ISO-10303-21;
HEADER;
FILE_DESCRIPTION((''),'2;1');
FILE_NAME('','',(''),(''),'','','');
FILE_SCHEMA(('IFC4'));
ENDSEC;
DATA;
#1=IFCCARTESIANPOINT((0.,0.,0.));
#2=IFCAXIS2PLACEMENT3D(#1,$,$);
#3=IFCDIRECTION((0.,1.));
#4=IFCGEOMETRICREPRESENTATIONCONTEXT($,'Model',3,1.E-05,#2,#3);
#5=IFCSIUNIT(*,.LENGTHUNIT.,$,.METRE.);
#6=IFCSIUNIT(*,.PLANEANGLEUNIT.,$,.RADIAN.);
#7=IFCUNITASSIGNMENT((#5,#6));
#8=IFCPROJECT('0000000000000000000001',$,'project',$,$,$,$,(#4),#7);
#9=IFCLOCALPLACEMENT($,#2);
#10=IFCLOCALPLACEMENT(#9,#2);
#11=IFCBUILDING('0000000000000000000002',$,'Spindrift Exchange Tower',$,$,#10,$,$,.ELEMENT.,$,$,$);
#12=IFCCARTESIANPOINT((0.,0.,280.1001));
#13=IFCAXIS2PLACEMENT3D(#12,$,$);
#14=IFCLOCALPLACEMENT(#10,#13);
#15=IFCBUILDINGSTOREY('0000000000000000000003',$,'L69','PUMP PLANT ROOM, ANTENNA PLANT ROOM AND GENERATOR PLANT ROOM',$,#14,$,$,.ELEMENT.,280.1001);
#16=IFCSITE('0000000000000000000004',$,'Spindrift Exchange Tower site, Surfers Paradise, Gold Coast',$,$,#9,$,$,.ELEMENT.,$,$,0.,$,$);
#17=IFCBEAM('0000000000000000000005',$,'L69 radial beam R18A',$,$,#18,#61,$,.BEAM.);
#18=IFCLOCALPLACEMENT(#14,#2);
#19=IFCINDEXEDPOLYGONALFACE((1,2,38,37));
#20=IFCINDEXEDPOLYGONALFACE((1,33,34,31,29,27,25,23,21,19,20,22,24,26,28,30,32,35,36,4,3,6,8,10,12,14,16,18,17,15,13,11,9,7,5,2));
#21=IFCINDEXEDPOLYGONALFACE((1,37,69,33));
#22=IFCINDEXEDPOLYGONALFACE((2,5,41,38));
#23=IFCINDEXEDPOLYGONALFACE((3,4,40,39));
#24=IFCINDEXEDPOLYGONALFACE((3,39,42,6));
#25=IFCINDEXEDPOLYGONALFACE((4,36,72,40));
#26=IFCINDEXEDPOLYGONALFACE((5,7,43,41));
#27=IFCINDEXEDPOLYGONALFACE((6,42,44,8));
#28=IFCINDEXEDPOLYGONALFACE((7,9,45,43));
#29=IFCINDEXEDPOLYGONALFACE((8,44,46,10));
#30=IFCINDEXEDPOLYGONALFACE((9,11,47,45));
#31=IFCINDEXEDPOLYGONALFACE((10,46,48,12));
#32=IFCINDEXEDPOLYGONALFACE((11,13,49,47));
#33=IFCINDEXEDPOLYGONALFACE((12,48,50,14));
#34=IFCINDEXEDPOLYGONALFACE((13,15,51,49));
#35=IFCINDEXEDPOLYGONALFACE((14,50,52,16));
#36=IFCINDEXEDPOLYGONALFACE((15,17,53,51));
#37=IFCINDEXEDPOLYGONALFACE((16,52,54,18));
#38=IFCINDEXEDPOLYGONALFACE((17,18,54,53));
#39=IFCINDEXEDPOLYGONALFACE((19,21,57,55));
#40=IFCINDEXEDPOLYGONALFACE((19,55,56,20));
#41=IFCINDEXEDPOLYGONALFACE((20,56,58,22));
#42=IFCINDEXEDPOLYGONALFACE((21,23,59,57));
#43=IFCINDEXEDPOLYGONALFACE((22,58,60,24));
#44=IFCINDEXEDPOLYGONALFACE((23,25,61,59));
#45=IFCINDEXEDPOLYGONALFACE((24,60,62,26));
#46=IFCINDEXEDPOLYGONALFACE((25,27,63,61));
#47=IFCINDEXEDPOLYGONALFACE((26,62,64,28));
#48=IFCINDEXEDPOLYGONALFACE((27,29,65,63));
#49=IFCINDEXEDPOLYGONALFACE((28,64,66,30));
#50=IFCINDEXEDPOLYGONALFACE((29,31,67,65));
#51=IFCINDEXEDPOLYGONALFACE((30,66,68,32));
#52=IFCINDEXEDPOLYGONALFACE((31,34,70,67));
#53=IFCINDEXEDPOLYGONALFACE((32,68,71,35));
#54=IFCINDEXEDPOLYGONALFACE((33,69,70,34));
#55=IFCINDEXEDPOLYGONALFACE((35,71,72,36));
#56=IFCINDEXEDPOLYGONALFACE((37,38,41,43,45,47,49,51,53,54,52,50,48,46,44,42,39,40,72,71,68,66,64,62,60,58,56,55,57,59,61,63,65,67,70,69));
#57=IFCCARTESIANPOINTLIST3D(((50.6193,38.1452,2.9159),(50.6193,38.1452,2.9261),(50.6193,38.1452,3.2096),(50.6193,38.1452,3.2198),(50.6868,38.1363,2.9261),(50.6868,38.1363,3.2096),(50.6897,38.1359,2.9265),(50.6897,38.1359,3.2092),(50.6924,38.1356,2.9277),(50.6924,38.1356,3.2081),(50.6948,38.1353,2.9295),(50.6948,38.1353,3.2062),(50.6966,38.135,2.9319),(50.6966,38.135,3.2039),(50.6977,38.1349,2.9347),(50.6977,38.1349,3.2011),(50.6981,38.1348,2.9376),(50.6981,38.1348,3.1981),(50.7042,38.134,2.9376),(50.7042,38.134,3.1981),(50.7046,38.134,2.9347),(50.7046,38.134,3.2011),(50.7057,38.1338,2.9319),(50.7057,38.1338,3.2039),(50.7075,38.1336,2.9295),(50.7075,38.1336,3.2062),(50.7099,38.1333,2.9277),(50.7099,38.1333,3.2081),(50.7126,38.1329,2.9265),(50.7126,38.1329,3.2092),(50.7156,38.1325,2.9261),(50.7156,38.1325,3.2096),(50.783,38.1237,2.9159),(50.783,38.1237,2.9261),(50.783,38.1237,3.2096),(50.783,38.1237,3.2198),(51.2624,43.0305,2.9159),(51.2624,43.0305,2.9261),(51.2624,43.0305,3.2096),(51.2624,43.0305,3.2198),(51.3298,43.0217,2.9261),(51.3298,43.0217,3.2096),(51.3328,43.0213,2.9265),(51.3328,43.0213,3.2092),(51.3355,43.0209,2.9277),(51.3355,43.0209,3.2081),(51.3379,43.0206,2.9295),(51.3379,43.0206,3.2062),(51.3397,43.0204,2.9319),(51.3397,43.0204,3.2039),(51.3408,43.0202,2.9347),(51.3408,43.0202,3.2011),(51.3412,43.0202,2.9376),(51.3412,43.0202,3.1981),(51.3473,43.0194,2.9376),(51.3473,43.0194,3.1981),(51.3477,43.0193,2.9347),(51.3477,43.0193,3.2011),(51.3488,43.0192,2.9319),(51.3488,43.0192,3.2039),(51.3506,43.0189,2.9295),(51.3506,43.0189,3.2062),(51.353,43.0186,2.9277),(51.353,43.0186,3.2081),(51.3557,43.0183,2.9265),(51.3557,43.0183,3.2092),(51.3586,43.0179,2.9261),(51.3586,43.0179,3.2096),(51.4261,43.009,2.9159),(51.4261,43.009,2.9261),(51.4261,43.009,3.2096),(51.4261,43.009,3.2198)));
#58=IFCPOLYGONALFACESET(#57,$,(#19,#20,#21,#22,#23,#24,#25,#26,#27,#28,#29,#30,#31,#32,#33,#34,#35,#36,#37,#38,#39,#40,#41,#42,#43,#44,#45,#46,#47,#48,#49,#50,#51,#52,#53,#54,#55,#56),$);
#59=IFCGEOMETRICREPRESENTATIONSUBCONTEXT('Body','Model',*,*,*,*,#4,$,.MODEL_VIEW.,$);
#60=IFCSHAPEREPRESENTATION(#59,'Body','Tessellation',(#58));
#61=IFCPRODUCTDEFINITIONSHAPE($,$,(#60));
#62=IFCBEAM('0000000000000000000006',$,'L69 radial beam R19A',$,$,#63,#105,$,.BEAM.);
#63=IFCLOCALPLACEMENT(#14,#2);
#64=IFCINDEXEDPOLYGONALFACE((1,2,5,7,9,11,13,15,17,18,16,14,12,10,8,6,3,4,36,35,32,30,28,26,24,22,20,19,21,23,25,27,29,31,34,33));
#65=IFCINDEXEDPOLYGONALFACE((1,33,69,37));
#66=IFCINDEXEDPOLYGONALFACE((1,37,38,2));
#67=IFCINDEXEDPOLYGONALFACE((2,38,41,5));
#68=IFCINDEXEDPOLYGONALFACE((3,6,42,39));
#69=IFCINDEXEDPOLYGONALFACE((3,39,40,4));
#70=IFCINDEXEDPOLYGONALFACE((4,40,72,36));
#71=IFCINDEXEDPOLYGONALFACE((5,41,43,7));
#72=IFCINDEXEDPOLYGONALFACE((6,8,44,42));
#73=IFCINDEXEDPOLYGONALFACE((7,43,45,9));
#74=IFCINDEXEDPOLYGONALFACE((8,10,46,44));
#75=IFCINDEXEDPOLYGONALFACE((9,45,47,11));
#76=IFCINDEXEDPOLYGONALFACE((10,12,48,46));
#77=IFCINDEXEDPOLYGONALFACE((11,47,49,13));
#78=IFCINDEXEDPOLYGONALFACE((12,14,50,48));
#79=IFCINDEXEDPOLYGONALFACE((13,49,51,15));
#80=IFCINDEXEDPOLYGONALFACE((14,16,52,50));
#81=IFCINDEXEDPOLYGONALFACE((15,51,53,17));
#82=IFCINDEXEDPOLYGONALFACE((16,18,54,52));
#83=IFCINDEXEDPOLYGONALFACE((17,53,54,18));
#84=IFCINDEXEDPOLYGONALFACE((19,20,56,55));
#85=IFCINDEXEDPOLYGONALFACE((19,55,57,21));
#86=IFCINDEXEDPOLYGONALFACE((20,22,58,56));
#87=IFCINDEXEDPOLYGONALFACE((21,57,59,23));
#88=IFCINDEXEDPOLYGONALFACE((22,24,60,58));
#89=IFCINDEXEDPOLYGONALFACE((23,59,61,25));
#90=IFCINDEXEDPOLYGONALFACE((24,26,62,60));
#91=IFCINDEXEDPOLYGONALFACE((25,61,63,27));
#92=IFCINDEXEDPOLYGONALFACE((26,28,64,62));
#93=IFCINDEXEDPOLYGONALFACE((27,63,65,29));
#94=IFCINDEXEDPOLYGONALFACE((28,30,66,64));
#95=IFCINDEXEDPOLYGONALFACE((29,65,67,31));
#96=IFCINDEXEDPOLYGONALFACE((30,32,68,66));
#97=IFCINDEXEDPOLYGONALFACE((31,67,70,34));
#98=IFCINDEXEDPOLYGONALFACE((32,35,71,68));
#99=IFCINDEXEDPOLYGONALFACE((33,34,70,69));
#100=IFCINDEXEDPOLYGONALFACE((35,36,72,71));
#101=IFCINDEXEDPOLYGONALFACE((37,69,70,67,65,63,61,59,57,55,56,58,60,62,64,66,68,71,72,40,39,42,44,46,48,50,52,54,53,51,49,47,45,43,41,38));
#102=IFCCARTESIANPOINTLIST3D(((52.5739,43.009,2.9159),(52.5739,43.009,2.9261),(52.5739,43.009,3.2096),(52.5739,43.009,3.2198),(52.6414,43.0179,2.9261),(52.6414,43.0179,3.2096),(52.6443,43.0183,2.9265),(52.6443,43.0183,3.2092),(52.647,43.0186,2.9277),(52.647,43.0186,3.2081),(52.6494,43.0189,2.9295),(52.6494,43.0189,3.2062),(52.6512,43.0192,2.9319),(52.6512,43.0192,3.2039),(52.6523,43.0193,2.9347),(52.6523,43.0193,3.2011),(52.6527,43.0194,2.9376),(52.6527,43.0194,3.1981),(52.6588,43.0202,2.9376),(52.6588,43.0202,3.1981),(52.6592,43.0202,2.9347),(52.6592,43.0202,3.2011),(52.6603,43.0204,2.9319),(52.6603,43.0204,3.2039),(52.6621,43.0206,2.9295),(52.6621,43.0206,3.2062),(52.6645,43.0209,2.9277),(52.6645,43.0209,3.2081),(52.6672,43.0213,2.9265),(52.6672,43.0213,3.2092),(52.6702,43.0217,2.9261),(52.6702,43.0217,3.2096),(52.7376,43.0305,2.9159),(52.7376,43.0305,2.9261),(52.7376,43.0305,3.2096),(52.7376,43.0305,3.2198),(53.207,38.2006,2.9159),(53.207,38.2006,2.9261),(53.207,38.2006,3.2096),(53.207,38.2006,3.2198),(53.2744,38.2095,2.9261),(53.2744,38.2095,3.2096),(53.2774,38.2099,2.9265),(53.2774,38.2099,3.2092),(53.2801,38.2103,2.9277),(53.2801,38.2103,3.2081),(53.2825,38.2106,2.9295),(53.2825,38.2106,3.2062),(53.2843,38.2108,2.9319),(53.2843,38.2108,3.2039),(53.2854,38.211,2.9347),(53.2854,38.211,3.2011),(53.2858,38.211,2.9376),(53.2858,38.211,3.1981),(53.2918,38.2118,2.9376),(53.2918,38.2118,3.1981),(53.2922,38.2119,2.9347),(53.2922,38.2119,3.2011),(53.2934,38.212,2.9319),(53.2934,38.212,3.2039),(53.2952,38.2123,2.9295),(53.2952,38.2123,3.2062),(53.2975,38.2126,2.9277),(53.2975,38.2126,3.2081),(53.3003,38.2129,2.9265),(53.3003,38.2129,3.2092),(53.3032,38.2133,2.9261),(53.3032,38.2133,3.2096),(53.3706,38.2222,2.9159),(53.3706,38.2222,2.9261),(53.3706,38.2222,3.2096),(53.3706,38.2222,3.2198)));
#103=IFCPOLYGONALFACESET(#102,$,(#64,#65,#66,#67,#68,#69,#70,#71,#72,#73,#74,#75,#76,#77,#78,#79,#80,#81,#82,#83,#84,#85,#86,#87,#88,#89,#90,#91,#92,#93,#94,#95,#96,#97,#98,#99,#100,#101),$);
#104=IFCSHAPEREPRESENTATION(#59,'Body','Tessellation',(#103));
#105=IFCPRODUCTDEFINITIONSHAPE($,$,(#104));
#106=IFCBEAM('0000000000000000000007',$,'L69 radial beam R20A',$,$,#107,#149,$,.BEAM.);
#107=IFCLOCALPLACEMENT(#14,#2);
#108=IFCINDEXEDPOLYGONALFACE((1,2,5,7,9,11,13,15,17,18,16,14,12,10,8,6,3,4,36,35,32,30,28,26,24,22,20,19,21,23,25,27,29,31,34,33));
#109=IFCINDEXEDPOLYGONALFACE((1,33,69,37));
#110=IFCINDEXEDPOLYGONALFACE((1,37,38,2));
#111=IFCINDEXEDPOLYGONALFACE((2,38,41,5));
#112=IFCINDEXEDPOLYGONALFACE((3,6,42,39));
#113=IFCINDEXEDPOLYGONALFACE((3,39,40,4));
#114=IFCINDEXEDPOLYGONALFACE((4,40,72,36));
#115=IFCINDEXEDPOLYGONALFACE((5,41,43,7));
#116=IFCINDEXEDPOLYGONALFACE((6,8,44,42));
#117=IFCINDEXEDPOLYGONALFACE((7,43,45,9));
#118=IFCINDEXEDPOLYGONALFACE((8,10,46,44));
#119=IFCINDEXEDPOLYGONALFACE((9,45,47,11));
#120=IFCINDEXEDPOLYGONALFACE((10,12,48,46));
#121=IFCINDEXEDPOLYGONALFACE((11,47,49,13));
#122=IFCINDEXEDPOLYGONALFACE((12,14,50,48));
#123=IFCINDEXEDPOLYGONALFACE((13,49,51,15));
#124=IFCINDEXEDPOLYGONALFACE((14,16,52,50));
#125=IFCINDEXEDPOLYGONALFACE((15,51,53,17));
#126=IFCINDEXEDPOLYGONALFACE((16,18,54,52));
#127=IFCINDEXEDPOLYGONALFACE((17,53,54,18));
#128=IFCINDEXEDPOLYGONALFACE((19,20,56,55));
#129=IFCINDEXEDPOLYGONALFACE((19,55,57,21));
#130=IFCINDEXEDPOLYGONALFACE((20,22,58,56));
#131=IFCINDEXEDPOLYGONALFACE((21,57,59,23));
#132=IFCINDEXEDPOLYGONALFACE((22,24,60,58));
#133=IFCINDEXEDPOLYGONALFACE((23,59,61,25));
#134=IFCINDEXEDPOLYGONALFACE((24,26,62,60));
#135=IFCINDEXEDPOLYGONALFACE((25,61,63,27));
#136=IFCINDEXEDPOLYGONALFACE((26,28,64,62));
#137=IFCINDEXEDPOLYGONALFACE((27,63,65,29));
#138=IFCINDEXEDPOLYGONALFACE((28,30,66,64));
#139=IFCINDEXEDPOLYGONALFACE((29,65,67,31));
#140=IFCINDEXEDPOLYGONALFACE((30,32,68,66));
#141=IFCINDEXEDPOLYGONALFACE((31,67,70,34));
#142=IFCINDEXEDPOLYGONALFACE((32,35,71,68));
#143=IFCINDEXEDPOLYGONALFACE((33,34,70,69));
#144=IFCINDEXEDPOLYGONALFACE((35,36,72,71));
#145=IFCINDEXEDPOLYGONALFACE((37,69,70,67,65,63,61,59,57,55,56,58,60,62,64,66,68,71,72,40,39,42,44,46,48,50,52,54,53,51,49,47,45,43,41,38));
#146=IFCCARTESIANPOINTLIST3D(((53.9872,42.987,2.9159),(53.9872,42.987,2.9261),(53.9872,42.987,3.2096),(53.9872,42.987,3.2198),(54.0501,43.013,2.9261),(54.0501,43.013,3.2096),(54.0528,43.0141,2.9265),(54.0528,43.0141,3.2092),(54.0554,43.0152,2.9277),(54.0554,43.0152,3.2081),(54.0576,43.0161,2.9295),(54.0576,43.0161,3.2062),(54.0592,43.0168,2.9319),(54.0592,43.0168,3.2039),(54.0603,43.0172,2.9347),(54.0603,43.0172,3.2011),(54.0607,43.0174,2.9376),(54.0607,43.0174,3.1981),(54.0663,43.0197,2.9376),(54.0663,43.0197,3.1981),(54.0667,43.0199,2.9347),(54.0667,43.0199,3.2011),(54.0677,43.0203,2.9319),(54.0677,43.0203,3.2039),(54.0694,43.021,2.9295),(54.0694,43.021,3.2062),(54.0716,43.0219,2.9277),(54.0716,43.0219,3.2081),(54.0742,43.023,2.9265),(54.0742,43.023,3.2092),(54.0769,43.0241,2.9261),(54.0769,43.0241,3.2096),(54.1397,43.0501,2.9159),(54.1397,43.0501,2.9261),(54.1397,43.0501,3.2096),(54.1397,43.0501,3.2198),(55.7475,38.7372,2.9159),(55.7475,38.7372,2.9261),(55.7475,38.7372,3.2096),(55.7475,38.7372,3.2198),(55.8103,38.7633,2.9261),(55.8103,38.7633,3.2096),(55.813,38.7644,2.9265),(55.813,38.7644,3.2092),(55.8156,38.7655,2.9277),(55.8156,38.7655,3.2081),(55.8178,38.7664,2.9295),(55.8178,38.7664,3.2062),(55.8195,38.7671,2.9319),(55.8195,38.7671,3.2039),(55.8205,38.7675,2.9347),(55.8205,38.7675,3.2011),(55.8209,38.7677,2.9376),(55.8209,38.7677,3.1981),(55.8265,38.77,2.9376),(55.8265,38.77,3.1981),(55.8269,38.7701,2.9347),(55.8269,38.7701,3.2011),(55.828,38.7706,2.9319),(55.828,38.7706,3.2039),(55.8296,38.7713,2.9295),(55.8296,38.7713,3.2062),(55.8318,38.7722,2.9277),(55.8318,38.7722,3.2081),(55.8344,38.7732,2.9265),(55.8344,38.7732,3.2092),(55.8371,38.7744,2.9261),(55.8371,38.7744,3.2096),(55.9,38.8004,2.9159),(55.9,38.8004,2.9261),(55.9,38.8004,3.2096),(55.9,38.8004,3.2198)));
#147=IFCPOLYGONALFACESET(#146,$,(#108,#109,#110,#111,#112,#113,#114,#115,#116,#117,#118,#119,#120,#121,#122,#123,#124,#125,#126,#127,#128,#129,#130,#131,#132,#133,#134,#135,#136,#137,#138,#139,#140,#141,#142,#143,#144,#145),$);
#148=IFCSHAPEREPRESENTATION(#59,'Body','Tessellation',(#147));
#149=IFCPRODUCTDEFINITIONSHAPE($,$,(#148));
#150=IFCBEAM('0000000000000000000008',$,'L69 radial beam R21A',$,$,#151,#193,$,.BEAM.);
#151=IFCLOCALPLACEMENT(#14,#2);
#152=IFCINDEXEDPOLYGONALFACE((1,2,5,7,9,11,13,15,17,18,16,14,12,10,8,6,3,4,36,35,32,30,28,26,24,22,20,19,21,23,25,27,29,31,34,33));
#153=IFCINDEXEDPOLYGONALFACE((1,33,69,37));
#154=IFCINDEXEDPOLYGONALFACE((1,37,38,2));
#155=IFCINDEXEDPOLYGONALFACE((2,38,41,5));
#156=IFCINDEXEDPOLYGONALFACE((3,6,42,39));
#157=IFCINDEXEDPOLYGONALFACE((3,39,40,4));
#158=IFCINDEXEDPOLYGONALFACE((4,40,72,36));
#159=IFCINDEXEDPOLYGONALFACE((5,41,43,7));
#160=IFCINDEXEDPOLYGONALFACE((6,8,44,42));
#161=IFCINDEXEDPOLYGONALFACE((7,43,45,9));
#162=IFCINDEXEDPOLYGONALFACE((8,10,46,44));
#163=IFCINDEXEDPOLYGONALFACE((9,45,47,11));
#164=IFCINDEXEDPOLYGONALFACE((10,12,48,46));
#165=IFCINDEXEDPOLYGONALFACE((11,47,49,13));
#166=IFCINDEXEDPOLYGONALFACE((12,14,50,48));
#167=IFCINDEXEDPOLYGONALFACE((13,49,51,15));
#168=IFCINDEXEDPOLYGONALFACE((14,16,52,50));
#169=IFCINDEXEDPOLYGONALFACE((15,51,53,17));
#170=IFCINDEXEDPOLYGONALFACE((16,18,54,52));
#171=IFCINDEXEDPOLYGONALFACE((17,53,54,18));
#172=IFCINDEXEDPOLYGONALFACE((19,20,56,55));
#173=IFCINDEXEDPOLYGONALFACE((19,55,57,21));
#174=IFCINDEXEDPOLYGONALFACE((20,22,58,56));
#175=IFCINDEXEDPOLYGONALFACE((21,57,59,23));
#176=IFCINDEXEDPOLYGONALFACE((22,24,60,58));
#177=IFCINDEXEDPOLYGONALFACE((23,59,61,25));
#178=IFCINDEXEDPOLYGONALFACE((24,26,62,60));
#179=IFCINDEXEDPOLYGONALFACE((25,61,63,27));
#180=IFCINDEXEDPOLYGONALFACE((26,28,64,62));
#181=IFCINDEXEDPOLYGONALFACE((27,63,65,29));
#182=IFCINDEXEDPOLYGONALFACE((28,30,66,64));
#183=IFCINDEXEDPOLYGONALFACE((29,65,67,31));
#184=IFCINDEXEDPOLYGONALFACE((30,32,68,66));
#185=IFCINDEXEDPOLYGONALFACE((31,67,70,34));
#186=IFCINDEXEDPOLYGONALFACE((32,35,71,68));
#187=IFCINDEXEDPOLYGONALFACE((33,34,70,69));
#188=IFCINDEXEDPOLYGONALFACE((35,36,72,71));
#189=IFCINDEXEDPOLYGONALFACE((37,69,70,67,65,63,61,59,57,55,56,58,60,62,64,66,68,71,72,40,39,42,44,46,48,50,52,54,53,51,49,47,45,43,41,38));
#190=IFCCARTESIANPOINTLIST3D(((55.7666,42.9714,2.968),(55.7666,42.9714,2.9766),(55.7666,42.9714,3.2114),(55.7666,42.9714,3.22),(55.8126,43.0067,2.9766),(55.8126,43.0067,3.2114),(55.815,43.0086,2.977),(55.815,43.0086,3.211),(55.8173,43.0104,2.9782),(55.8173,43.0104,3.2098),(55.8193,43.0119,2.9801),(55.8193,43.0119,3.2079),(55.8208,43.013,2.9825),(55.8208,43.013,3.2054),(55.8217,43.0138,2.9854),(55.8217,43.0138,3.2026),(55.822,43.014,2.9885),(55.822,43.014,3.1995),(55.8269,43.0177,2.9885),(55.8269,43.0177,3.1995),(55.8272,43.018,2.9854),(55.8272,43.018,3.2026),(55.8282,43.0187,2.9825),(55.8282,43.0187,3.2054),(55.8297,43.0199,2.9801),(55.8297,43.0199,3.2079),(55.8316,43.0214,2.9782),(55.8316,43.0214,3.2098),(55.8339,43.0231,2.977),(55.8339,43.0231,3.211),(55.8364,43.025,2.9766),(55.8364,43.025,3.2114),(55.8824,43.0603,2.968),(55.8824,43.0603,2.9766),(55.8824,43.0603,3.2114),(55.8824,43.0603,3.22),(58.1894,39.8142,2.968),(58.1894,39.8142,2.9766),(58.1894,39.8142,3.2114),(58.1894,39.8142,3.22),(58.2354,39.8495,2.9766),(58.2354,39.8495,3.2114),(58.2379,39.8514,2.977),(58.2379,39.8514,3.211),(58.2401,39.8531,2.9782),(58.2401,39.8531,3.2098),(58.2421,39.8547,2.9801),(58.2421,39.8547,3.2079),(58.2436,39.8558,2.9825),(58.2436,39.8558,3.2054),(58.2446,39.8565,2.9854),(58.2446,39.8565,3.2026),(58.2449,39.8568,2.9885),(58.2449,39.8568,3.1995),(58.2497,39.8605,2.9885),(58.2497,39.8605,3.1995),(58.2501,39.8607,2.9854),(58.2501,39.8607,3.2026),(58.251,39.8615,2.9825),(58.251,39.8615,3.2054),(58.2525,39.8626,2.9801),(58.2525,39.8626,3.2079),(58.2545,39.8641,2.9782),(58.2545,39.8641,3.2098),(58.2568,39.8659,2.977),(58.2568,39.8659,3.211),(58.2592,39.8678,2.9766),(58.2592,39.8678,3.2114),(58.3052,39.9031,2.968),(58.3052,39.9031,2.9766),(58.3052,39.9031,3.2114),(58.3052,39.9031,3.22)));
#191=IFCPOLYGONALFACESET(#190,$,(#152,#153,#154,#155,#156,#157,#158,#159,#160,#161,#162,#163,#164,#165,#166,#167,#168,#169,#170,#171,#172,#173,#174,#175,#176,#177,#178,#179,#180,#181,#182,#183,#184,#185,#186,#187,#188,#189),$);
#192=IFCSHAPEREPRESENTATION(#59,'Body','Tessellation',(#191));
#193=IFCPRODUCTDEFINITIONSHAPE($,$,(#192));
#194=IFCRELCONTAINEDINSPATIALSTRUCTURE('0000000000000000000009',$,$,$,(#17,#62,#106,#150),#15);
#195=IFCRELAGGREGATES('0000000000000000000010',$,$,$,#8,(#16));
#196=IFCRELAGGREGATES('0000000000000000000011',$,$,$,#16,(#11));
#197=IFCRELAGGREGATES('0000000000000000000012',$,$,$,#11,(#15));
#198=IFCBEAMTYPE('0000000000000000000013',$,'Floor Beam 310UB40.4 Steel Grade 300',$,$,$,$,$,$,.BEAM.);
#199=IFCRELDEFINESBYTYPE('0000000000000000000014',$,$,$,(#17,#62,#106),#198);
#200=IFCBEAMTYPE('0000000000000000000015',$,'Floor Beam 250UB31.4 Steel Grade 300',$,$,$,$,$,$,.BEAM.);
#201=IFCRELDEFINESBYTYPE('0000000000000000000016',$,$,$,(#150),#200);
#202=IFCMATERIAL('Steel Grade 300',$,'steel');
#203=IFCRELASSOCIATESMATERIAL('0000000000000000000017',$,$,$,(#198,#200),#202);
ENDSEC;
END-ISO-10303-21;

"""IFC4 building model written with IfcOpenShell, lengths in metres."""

from ifc_helpers import new_model, si_unit, direction, frame, origin, origin_2d, place, context, subcontext, project, spatial, i_section, extrude, source, transform, mapped, material, material_profile, profile_set, type_object, element, save


model = new_model("IFC4")

# Units and contexts
model_context = context("Model", 3, precision=1e-05, world=origin(), true_north=direction((0.0, 1.0)))
body_context = subcontext(model_context, "Body", "Model", "MODEL_VIEW")
ifc_project = project(units=[si_unit("LENGTHUNIT", "METRE"), si_unit("PLANEANGLEUNIT", "RADIAN")], contexts=[model_context])

# Site, building, storey
site_placement = place(None, origin())
site = spatial("IfcSite", under=ifc_project, at=site_placement, Name="Spindrift Exchange Tower site, Surfers Paradise, Gold Coast", CompositionType="ELEMENT", RefElevation=0.0)
building_placement = place(site_placement, origin())
building = spatial("IfcBuilding", under=site, at=building_placement, Name="Spindrift Exchange Tower", CompositionType="ELEMENT")
storey_placement = place(building_placement, frame((0.0, 0.0, 280.1001)))
storey = spatial("IfcBuildingStorey", under=building, at=storey_placement, Name="L69", Description="PUMP PLANT ROOM, ANTENNA PLANT ROOM AND GENERATOR PLANT ROOM", CompositionType="ELEMENT", Elevation=280.1001)

# Beams
ifc_material_1 = material(Name="Steel Grade 300", Category="steel")
ifc_material_profile_1 = material_profile(ifc_material_1, i_section(OverallWidth=0.165, OverallDepth=0.304, WebThickness=0.0061, FlangeThickness=0.0103, FilletRadius=0.0115, at=origin_2d()), Name="310UB40.4")
ifc_profile_set_1 = profile_set([ifc_material_profile_1], Name="Steel Grade 300")
beam_type_1 = type_object("IfcBeamType", Name="Floor Beam 310UB40.4 Steel Grade 300", PredefinedType="BEAM", material=ifc_profile_set_1)
shared_shape_1 = source(origin(), body_context, "Body", "SweptSolid", [
    extrude(i_section(OverallWidth=0.165, OverallDepth=0.304, WebThickness=0.0061, FlangeThickness=0.0103, FilletRadius=0.0115, at=origin_2d()), origin(), (0.0, 0.0, 1.0), 4.9275),
])
beam_1_placement = place(storey_placement, frame((51.3442, 43.0198, 3.0679), z_axis=(-0.130508, -0.991447, 0.0), x_axis=(0.991447, -0.130508, 0.0)))
element("IfcBeam", 1, at=beam_1_placement, inside=storey, type_object=beam_type_1, Name="L69 radial beam R18A", PredefinedType="BEAM", context=body_context, shape_type="MappedRepresentation", body=[
    mapped(shared_shape_1, transform((0.0, 0.0, 0.0), scale=1.0)),
])
shared_shape_2 = source(origin(), body_context, "Body", "SweptSolid", [
    extrude(i_section(OverallWidth=0.165, OverallDepth=0.304, WebThickness=0.0061, FlangeThickness=0.0103, FilletRadius=0.0115, at=origin_2d()), origin(), (0.0, 0.0, 1.0), 4.8499),
])
beam_2_placement = place(storey_placement, frame((52.6558, 43.0198, 3.0679), z_axis=(0.130531, -0.991444, 0.0), x_axis=(0.991444, 0.130531, 0.0)))
element("IfcBeam", 2, at=beam_2_placement, inside=storey, type_object=beam_type_1, Name="L69 radial beam R19A", PredefinedType="BEAM", context=body_context, shape_type="MappedRepresentation", body=[
    mapped(shared_shape_2, transform((0.0, 0.0, 0.0), scale=1.0)),
])
shared_shape_3 = source(origin(), body_context, "Body", "SweptSolid", [
    extrude(i_section(OverallWidth=0.165, OverallDepth=0.304, WebThickness=0.0061, FlangeThickness=0.0103, FilletRadius=0.0115, at=origin_2d()), origin(), (0.0, 0.0, 1.0), 4.5999),
])
beam_3_placement = place(storey_placement, frame((54.0635, 43.0186, 3.0679), z_axis=(0.382674, -0.923884, 0.0), x_axis=(0.923884, 0.382674, 0.0)))
element("IfcBeam", 3, at=beam_3_placement, inside=storey, type_object=beam_type_1, Name="L69 radial beam R20A", PredefinedType="BEAM", context=body_context, shape_type="MappedRepresentation", body=[
    mapped(shared_shape_3, transform((0.0, 0.0, 0.0), scale=1.0)),
])
ifc_material_profile_2 = material_profile(ifc_material_1, i_section(OverallWidth=0.146, OverallDepth=0.252, WebThickness=0.0061, FlangeThickness=0.0085, FilletRadius=0.012, at=origin_2d()), Name="250UB31.4")
ifc_profile_set_2 = profile_set([ifc_material_profile_2], Name="Steel Grade 300")
beam_type_2 = type_object("IfcBeamType", Name="Floor Beam 250UB31.4 Steel Grade 300", PredefinedType="BEAM", material=ifc_profile_set_2)
shared_shape_4 = source(origin(), body_context, "Body", "SweptSolid", [
    extrude(i_section(OverallWidth=0.146, OverallDepth=0.252, WebThickness=0.0061, FlangeThickness=0.0085, FilletRadius=0.012, at=origin_2d()), origin(), (0.0, 0.0, 1.0), 3.9797),
])
beam_4_placement = place(storey_placement, frame((55.8245, 43.0159, 3.094), z_axis=(0.608797, -0.793326, 0.0), x_axis=(0.793326, 0.608797, 0.0)))
element("IfcBeam", 4, at=beam_4_placement, inside=storey, type_object=beam_type_2, Name="L69 radial beam R21A", PredefinedType="BEAM", context=body_context, shape_type="MappedRepresentation", body=[
    mapped(shared_shape_4, transform((0.0, 0.0, 0.0), scale=1.0)),
])

save(model, "model.ifc")
